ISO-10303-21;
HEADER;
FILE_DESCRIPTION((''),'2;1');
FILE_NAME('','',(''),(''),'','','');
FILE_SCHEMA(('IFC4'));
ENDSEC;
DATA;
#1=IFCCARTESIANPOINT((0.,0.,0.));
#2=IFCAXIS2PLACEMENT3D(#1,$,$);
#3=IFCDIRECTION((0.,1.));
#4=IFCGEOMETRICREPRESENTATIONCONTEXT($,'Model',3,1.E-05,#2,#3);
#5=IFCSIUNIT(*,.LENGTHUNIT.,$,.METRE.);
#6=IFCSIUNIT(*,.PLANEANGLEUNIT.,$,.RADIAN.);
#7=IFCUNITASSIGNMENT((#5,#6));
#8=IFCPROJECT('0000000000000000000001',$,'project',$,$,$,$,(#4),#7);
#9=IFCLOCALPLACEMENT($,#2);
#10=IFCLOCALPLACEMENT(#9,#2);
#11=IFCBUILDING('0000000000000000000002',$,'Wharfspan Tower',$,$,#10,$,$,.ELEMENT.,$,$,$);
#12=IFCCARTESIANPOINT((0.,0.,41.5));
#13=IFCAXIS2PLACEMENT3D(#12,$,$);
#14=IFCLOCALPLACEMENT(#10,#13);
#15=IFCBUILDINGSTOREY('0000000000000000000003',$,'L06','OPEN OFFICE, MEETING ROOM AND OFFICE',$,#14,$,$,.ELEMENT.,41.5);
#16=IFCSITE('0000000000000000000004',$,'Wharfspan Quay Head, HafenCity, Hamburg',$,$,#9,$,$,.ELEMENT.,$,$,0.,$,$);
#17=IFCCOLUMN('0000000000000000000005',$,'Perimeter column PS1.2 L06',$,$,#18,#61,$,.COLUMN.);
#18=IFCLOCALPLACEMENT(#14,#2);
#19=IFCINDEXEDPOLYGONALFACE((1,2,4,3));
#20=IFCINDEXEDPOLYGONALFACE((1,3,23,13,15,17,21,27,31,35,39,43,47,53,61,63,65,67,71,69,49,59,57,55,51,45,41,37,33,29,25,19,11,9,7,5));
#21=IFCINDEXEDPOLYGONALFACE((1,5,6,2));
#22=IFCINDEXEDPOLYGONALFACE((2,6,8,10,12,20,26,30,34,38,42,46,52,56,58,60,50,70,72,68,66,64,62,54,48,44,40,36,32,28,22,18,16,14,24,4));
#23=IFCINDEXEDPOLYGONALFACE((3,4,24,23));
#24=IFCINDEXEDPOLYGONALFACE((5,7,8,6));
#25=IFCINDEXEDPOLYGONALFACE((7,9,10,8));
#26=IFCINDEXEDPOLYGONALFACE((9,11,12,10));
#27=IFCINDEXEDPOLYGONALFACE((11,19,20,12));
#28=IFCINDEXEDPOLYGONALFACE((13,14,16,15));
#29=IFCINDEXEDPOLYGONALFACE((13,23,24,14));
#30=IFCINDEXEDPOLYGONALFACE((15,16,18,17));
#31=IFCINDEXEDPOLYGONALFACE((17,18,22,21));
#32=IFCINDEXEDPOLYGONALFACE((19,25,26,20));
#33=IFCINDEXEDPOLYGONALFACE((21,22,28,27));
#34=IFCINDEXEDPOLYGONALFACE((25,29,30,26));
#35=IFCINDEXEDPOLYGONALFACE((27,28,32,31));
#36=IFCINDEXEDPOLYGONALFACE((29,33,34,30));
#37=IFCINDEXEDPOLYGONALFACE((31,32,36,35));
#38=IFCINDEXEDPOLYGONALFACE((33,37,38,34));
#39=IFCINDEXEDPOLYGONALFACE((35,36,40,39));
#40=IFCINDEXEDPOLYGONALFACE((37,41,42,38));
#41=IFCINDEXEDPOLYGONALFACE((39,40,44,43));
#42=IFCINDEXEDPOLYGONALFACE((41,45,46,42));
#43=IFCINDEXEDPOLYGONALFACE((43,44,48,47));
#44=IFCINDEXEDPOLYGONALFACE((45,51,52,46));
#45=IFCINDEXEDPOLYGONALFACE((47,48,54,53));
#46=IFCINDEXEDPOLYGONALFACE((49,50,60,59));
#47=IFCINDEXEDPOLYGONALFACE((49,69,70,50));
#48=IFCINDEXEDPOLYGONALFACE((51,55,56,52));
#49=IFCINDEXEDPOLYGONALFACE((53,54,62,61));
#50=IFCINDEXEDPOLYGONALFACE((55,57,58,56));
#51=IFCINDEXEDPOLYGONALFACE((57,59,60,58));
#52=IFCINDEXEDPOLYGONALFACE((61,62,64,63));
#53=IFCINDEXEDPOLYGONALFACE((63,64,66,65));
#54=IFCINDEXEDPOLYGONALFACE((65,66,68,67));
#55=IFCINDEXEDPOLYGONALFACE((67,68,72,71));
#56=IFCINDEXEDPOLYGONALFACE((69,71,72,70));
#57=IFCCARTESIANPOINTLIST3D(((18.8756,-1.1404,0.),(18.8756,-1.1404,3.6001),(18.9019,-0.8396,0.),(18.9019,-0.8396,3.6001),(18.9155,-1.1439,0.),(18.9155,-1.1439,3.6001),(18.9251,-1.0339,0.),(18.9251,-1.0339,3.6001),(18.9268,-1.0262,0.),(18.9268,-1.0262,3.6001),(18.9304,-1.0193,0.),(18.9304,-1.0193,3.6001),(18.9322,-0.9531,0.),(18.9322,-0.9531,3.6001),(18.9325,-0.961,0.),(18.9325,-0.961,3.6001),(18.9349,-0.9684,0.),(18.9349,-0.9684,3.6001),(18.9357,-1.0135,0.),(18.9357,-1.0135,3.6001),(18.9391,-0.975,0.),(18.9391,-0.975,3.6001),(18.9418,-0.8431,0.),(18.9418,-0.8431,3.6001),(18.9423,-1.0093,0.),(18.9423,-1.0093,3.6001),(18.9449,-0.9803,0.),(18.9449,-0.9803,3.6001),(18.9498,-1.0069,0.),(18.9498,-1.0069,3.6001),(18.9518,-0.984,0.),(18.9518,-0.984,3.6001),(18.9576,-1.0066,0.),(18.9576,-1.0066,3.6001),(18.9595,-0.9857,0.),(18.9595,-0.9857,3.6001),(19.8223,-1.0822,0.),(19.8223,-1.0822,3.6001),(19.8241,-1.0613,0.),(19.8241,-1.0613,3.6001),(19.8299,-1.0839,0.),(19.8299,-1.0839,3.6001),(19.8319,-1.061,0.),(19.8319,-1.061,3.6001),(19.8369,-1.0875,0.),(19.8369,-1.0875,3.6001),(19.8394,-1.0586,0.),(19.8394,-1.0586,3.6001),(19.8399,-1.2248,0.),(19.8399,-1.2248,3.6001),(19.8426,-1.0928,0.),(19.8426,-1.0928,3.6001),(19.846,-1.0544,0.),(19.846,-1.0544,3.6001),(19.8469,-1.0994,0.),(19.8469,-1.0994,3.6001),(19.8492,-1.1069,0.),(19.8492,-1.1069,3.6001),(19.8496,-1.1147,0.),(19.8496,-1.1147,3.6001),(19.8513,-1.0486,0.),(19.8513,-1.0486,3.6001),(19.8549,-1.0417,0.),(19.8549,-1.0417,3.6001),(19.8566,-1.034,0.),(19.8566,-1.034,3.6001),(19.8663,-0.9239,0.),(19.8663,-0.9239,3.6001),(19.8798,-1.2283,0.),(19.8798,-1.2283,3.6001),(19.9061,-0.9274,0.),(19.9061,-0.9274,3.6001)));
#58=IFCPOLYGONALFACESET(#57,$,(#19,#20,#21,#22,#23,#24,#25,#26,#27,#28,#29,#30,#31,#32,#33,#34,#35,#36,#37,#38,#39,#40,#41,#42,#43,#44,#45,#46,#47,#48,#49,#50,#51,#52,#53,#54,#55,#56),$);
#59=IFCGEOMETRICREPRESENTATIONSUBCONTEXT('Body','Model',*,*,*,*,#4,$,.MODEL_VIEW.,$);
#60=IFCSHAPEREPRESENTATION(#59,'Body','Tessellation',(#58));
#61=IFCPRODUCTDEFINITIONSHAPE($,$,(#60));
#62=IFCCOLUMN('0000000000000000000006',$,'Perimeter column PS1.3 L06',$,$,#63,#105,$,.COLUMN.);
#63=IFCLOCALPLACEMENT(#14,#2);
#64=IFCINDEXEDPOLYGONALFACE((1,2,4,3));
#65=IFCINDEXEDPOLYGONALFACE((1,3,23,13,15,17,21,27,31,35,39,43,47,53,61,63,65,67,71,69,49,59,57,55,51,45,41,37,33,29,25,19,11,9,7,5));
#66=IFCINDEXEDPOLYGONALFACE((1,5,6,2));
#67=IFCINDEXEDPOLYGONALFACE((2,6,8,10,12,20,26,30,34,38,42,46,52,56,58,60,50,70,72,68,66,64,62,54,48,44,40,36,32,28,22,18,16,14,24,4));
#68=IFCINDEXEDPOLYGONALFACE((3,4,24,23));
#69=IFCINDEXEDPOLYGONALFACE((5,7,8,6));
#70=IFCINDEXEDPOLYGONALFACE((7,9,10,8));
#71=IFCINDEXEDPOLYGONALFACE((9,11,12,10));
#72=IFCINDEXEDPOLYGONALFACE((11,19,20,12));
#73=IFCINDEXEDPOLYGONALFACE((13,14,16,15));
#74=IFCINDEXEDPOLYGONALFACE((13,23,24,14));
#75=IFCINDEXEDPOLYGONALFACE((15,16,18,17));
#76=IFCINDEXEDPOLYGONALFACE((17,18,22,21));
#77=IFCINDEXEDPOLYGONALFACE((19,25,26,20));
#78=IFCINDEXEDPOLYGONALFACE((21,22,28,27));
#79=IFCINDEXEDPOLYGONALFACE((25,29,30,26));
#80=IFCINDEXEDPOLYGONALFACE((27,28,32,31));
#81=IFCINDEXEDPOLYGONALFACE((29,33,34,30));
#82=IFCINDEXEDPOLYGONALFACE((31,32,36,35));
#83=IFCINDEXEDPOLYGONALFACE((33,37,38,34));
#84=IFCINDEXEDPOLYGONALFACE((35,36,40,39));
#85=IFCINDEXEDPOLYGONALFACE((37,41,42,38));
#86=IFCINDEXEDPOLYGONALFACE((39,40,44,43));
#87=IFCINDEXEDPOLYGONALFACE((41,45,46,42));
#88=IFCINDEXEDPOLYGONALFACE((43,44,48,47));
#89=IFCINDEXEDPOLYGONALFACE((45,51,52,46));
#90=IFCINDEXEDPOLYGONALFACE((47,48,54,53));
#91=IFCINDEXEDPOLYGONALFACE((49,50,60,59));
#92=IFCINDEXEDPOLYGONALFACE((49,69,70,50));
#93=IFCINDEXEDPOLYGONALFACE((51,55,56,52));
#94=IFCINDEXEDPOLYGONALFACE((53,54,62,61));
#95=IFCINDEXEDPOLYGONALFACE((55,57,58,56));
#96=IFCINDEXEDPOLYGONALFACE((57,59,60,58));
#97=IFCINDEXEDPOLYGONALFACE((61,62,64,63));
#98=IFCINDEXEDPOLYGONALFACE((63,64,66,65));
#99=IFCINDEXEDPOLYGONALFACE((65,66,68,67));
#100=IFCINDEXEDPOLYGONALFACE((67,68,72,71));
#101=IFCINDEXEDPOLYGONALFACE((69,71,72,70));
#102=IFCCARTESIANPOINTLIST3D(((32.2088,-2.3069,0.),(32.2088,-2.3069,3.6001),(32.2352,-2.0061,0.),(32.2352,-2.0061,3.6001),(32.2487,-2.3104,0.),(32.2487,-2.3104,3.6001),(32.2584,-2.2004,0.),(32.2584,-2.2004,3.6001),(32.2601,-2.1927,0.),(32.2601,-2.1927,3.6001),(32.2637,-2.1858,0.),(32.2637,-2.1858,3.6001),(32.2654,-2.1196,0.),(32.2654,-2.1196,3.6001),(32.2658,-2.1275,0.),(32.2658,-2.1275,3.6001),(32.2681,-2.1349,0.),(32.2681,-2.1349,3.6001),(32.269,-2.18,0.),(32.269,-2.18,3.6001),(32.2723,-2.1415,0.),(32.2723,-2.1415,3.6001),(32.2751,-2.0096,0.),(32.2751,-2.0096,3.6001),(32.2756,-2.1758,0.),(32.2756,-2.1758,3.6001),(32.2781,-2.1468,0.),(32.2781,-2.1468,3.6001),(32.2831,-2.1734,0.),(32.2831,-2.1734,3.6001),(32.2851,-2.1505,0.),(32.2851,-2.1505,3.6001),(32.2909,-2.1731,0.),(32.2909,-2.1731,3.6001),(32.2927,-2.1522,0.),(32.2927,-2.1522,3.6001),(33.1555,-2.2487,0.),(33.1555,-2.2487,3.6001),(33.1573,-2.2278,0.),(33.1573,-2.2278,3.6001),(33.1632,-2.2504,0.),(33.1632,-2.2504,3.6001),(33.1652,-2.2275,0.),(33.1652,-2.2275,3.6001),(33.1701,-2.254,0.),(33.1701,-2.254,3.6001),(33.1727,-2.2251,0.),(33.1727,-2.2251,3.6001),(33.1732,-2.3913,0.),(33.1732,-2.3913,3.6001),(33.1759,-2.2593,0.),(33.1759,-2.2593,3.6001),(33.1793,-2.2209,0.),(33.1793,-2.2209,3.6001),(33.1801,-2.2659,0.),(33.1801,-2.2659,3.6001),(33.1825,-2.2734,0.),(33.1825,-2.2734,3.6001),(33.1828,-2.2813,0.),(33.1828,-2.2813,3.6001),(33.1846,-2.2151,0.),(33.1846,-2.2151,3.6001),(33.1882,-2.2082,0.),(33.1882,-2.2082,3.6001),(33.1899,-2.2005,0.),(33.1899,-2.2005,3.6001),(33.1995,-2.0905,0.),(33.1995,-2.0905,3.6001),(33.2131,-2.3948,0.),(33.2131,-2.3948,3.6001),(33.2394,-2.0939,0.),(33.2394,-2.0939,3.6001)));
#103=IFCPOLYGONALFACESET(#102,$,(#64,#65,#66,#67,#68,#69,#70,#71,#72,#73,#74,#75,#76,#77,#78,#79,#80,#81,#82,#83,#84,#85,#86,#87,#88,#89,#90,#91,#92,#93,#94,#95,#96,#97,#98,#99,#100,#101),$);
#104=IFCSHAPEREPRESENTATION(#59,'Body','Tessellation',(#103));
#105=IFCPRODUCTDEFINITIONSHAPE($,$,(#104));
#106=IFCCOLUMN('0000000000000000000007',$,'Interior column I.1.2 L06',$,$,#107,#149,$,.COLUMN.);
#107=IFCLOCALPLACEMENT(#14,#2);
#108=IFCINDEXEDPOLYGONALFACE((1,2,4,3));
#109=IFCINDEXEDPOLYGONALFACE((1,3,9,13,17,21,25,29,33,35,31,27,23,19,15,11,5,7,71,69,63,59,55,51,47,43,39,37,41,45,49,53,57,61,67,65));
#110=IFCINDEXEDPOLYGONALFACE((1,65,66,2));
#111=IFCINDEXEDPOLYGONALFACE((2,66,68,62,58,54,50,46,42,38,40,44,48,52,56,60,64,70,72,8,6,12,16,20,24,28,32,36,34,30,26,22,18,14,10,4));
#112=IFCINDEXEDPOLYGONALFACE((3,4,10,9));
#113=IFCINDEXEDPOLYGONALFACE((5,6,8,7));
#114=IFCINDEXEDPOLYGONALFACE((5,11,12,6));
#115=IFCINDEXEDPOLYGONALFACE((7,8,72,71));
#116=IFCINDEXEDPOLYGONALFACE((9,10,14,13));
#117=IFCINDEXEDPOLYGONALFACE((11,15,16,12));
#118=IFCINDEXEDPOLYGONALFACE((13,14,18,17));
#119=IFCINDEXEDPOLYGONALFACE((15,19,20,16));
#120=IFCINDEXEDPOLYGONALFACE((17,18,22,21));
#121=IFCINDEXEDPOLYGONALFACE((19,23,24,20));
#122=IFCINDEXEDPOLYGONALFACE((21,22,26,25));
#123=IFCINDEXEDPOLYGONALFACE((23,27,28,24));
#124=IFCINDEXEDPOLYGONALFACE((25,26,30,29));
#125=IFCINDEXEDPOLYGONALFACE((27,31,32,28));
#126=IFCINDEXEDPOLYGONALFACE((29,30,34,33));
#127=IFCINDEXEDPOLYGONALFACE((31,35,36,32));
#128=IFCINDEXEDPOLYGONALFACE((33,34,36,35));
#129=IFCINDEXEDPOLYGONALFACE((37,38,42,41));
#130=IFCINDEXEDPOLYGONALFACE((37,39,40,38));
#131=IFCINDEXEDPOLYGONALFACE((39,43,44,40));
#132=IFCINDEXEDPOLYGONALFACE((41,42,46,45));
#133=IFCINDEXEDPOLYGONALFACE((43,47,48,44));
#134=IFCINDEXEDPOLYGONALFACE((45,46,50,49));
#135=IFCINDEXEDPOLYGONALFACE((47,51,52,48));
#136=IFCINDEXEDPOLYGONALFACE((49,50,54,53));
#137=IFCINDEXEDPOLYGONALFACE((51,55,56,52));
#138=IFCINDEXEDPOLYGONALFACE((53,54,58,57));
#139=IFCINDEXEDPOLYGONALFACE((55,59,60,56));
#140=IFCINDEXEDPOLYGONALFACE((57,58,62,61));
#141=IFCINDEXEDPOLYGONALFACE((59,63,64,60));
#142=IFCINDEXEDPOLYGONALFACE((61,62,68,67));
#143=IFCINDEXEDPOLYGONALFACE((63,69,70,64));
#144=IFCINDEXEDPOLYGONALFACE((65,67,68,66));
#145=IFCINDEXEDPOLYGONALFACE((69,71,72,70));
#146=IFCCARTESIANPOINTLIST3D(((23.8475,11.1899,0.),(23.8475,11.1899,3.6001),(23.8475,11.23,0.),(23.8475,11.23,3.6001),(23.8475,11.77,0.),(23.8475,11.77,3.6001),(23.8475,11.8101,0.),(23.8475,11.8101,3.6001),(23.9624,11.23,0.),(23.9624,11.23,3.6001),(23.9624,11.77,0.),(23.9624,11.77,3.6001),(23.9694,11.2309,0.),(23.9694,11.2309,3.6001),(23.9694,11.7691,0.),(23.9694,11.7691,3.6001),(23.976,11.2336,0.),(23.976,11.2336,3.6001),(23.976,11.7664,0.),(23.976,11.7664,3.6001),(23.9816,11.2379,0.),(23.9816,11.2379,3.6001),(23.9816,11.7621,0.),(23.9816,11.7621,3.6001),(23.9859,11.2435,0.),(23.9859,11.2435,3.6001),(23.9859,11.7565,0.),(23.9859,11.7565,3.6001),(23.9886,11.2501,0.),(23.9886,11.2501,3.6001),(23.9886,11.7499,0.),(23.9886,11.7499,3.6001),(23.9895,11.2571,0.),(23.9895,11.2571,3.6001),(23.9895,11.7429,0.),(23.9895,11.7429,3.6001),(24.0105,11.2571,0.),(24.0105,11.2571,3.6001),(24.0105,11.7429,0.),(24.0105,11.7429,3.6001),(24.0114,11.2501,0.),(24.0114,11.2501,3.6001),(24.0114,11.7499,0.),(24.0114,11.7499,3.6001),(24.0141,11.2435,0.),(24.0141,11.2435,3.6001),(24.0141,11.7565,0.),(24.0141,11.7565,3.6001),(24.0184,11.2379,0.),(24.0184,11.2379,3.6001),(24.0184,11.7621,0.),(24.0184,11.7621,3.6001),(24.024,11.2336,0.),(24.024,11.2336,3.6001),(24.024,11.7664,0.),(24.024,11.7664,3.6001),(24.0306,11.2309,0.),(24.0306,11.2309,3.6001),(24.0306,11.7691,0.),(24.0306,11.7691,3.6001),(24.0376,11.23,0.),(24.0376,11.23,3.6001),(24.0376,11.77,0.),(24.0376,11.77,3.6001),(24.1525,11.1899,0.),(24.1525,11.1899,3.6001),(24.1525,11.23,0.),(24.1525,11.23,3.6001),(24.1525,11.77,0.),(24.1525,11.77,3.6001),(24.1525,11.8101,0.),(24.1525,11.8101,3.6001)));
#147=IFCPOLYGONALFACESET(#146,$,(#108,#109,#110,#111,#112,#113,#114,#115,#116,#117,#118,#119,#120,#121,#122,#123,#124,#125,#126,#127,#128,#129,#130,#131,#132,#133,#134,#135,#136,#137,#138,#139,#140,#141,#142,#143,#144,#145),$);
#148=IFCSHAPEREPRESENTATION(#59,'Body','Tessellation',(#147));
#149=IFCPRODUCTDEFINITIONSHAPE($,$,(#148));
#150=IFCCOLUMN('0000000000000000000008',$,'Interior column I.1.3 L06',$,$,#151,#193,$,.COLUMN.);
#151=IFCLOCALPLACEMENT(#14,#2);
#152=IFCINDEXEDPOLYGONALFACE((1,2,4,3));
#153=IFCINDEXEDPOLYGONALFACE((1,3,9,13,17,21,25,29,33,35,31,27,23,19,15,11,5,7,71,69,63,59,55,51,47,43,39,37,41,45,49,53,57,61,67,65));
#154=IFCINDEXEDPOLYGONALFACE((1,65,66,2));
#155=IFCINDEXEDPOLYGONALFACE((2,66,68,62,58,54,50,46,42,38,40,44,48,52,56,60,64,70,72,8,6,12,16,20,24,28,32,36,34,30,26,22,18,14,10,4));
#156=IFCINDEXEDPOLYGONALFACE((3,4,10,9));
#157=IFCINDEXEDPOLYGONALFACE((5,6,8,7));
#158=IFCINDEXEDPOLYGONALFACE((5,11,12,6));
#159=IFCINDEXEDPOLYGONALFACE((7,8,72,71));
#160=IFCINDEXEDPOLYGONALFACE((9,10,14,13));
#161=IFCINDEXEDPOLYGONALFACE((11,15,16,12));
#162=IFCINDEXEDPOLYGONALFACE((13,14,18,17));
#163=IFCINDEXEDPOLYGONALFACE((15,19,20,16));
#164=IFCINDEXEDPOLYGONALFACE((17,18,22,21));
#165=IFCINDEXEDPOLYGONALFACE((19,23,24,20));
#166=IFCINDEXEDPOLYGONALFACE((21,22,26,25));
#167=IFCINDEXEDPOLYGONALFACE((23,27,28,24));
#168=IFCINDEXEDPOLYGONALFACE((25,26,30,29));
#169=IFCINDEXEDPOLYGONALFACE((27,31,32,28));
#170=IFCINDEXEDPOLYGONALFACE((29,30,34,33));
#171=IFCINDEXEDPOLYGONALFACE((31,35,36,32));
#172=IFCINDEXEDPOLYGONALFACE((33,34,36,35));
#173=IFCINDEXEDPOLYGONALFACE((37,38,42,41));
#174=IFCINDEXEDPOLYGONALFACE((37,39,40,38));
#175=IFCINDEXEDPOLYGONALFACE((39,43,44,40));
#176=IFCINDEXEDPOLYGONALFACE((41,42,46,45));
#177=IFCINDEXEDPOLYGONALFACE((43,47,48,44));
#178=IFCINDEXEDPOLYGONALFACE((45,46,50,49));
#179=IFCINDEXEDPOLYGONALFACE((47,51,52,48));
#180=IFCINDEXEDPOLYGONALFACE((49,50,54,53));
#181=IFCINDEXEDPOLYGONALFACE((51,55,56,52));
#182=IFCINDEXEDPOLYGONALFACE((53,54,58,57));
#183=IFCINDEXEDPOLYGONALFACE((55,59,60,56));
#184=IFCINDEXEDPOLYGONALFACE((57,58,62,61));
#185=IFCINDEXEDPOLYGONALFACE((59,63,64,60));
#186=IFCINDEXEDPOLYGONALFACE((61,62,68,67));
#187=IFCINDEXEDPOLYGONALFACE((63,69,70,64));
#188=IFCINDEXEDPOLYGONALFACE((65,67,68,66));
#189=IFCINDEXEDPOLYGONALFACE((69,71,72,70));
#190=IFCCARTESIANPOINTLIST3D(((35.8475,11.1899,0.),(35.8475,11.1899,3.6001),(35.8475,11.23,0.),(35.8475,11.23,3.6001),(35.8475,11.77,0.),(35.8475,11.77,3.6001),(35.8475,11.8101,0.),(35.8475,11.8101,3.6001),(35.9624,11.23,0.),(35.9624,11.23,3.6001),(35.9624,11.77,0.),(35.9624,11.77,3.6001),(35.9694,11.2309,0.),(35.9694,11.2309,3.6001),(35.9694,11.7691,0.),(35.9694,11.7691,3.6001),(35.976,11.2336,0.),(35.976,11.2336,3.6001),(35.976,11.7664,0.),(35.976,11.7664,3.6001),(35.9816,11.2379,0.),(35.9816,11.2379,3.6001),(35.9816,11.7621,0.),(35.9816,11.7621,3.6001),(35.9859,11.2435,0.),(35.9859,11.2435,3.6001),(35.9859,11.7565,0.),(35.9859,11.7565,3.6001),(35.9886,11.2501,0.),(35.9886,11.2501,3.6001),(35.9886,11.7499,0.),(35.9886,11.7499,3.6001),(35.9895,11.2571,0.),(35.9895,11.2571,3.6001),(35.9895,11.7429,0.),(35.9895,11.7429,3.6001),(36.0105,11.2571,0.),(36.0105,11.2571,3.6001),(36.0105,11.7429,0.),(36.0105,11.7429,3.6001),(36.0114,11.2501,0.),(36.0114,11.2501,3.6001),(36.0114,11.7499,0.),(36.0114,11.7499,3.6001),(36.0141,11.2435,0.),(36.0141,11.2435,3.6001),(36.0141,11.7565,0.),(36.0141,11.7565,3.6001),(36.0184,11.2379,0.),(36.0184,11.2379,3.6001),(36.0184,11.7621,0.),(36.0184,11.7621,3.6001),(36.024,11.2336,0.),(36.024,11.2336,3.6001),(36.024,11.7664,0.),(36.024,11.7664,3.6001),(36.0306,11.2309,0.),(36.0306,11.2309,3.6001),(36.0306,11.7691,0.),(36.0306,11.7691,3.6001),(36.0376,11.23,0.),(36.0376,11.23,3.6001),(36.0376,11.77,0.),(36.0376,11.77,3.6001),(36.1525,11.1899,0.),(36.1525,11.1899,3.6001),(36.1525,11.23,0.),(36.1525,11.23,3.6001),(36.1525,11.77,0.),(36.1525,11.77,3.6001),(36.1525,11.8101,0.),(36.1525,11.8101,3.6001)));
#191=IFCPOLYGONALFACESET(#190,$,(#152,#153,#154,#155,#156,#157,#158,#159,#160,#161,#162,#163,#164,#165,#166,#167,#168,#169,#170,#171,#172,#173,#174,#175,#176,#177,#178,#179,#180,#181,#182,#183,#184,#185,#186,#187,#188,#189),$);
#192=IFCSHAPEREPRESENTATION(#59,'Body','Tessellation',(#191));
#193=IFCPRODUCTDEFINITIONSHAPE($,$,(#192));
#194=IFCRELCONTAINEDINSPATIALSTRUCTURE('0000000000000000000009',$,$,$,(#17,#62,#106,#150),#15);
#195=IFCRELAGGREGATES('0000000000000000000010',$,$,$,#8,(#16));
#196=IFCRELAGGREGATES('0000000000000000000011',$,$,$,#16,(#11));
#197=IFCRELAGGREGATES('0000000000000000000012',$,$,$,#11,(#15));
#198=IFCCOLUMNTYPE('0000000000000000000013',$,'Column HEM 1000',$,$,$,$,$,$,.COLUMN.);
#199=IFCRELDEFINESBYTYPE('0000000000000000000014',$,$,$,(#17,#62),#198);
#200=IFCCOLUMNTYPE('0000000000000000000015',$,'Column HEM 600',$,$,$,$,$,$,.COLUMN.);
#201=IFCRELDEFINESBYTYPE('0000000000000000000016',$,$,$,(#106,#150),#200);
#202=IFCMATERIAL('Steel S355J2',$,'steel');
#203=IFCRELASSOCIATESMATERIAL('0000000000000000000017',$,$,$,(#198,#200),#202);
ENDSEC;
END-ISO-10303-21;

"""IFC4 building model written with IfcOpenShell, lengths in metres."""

from ifc_helpers import new_model, si_unit, direction, frame, origin, origin_2d, place, context, subcontext, project, spatial, i_section, extrude, material, material_profile, profile_set, type_object, element, save


model = new_model("IFC4")

# Units and contexts
model_context = context("Model", 3, precision=1e-05, world=origin(), true_north=direction((0.0, 1.0)))
body_context = subcontext(model_context, "Body", "Model", "MODEL_VIEW")
ifc_project = project(units=[si_unit("LENGTHUNIT", "METRE"), si_unit("PLANEANGLEUNIT", "RADIAN")], contexts=[model_context])

# Site, building, storey
site_placement = place(None, origin())
site = spatial("IfcSite", under=ifc_project, at=site_placement, Name="Wharfspan Quay Head, HafenCity, Hamburg", CompositionType="ELEMENT", RefElevation=0.0)
building_placement = place(site_placement, origin())
building = spatial("IfcBuilding", under=site, at=building_placement, Name="Wharfspan Tower", CompositionType="ELEMENT")
storey_placement = place(building_placement, frame((0.0, 0.0, 41.5)))
storey = spatial("IfcBuildingStorey", under=building, at=storey_placement, Name="L06", Description="OPEN OFFICE, MEETING ROOM AND OFFICE", CompositionType="ELEMENT", Elevation=41.5)

# Columns
ifc_material_1 = material(Name="Steel S355J2", Category="steel")
ifc_material_profile_1 = material_profile(ifc_material_1, i_section(OverallWidth=0.302, OverallDepth=1.0081, WebThickness=0.021, FlangeThickness=0.04, FilletRadius=0.03, at=origin_2d()))
ifc_profile_set_1 = profile_set([ifc_material_profile_1], Name="Steel S355J2")
column_type_1 = type_object("IfcColumnType", Name="Column HEM 1000", PredefinedType="COLUMN", material=ifc_profile_set_1)
for number, where, z_axis, x_axis, name in (
    (1, (19.3909, -1.0339, 0.0), (0.0, 0.0, 1.0), (-0.087156, -0.996198, 0.0), "Perimeter column PS1.2 L06"),
    (2, (32.7241, -2.2004, 0.0), (0.0, 0.0, 1.0), (-0.087156, -0.996198, 0.0), "Perimeter column PS1.3 L06"),
):
    element("IfcColumn", number, at=place(storey_placement, frame(where, z_axis=z_axis, x_axis=x_axis)), inside=storey, type_object=column_type_1, Name=name, PredefinedType="COLUMN", context=body_context, shape_type="SweptSolid", body=[
        extrude(i_section(OverallWidth=0.302, OverallDepth=1.0081, WebThickness=0.021, FlangeThickness=0.04, FilletRadius=0.03, at=origin_2d()), origin(), (0.0, 0.0, 1.0), 3.6001),
    ])
ifc_material_profile_2 = material_profile(ifc_material_1, i_section(OverallWidth=0.3049, OverallDepth=0.6201, WebThickness=0.021, FlangeThickness=0.04, FilletRadius=0.0271, at=origin_2d()))
ifc_profile_set_2 = profile_set([ifc_material_profile_2], Name="Steel S355J2")
column_type_2 = type_object("IfcColumnType", Name="Column HEM 600", PredefinedType="COLUMN", material=ifc_profile_set_2)
for number, where, z_axis, x_axis, name in (
    (3, (24.0, 11.5, 0.0), (0.0, 0.0, 1.0), (1.0, 0.0, 0.0), "Interior column I.1.2 L06"),
    (4, (36.0, 11.5, 0.0), (0.0, 0.0, 1.0), (1.0, 0.0, 0.0), "Interior column I.1.3 L06"),
):
    element("IfcColumn", number, at=place(storey_placement, frame(where, z_axis=z_axis, x_axis=x_axis)), inside=storey, type_object=column_type_2, Name=name, PredefinedType="COLUMN", context=body_context, shape_type="SweptSolid", body=[
        extrude(i_section(OverallWidth=0.3049, OverallDepth=0.6201, WebThickness=0.021, FlangeThickness=0.04, FilletRadius=0.0271, at=origin_2d()), origin(), (0.0, 0.0, 1.0), 3.6001),
    ])

save(model, "model.ifc")
